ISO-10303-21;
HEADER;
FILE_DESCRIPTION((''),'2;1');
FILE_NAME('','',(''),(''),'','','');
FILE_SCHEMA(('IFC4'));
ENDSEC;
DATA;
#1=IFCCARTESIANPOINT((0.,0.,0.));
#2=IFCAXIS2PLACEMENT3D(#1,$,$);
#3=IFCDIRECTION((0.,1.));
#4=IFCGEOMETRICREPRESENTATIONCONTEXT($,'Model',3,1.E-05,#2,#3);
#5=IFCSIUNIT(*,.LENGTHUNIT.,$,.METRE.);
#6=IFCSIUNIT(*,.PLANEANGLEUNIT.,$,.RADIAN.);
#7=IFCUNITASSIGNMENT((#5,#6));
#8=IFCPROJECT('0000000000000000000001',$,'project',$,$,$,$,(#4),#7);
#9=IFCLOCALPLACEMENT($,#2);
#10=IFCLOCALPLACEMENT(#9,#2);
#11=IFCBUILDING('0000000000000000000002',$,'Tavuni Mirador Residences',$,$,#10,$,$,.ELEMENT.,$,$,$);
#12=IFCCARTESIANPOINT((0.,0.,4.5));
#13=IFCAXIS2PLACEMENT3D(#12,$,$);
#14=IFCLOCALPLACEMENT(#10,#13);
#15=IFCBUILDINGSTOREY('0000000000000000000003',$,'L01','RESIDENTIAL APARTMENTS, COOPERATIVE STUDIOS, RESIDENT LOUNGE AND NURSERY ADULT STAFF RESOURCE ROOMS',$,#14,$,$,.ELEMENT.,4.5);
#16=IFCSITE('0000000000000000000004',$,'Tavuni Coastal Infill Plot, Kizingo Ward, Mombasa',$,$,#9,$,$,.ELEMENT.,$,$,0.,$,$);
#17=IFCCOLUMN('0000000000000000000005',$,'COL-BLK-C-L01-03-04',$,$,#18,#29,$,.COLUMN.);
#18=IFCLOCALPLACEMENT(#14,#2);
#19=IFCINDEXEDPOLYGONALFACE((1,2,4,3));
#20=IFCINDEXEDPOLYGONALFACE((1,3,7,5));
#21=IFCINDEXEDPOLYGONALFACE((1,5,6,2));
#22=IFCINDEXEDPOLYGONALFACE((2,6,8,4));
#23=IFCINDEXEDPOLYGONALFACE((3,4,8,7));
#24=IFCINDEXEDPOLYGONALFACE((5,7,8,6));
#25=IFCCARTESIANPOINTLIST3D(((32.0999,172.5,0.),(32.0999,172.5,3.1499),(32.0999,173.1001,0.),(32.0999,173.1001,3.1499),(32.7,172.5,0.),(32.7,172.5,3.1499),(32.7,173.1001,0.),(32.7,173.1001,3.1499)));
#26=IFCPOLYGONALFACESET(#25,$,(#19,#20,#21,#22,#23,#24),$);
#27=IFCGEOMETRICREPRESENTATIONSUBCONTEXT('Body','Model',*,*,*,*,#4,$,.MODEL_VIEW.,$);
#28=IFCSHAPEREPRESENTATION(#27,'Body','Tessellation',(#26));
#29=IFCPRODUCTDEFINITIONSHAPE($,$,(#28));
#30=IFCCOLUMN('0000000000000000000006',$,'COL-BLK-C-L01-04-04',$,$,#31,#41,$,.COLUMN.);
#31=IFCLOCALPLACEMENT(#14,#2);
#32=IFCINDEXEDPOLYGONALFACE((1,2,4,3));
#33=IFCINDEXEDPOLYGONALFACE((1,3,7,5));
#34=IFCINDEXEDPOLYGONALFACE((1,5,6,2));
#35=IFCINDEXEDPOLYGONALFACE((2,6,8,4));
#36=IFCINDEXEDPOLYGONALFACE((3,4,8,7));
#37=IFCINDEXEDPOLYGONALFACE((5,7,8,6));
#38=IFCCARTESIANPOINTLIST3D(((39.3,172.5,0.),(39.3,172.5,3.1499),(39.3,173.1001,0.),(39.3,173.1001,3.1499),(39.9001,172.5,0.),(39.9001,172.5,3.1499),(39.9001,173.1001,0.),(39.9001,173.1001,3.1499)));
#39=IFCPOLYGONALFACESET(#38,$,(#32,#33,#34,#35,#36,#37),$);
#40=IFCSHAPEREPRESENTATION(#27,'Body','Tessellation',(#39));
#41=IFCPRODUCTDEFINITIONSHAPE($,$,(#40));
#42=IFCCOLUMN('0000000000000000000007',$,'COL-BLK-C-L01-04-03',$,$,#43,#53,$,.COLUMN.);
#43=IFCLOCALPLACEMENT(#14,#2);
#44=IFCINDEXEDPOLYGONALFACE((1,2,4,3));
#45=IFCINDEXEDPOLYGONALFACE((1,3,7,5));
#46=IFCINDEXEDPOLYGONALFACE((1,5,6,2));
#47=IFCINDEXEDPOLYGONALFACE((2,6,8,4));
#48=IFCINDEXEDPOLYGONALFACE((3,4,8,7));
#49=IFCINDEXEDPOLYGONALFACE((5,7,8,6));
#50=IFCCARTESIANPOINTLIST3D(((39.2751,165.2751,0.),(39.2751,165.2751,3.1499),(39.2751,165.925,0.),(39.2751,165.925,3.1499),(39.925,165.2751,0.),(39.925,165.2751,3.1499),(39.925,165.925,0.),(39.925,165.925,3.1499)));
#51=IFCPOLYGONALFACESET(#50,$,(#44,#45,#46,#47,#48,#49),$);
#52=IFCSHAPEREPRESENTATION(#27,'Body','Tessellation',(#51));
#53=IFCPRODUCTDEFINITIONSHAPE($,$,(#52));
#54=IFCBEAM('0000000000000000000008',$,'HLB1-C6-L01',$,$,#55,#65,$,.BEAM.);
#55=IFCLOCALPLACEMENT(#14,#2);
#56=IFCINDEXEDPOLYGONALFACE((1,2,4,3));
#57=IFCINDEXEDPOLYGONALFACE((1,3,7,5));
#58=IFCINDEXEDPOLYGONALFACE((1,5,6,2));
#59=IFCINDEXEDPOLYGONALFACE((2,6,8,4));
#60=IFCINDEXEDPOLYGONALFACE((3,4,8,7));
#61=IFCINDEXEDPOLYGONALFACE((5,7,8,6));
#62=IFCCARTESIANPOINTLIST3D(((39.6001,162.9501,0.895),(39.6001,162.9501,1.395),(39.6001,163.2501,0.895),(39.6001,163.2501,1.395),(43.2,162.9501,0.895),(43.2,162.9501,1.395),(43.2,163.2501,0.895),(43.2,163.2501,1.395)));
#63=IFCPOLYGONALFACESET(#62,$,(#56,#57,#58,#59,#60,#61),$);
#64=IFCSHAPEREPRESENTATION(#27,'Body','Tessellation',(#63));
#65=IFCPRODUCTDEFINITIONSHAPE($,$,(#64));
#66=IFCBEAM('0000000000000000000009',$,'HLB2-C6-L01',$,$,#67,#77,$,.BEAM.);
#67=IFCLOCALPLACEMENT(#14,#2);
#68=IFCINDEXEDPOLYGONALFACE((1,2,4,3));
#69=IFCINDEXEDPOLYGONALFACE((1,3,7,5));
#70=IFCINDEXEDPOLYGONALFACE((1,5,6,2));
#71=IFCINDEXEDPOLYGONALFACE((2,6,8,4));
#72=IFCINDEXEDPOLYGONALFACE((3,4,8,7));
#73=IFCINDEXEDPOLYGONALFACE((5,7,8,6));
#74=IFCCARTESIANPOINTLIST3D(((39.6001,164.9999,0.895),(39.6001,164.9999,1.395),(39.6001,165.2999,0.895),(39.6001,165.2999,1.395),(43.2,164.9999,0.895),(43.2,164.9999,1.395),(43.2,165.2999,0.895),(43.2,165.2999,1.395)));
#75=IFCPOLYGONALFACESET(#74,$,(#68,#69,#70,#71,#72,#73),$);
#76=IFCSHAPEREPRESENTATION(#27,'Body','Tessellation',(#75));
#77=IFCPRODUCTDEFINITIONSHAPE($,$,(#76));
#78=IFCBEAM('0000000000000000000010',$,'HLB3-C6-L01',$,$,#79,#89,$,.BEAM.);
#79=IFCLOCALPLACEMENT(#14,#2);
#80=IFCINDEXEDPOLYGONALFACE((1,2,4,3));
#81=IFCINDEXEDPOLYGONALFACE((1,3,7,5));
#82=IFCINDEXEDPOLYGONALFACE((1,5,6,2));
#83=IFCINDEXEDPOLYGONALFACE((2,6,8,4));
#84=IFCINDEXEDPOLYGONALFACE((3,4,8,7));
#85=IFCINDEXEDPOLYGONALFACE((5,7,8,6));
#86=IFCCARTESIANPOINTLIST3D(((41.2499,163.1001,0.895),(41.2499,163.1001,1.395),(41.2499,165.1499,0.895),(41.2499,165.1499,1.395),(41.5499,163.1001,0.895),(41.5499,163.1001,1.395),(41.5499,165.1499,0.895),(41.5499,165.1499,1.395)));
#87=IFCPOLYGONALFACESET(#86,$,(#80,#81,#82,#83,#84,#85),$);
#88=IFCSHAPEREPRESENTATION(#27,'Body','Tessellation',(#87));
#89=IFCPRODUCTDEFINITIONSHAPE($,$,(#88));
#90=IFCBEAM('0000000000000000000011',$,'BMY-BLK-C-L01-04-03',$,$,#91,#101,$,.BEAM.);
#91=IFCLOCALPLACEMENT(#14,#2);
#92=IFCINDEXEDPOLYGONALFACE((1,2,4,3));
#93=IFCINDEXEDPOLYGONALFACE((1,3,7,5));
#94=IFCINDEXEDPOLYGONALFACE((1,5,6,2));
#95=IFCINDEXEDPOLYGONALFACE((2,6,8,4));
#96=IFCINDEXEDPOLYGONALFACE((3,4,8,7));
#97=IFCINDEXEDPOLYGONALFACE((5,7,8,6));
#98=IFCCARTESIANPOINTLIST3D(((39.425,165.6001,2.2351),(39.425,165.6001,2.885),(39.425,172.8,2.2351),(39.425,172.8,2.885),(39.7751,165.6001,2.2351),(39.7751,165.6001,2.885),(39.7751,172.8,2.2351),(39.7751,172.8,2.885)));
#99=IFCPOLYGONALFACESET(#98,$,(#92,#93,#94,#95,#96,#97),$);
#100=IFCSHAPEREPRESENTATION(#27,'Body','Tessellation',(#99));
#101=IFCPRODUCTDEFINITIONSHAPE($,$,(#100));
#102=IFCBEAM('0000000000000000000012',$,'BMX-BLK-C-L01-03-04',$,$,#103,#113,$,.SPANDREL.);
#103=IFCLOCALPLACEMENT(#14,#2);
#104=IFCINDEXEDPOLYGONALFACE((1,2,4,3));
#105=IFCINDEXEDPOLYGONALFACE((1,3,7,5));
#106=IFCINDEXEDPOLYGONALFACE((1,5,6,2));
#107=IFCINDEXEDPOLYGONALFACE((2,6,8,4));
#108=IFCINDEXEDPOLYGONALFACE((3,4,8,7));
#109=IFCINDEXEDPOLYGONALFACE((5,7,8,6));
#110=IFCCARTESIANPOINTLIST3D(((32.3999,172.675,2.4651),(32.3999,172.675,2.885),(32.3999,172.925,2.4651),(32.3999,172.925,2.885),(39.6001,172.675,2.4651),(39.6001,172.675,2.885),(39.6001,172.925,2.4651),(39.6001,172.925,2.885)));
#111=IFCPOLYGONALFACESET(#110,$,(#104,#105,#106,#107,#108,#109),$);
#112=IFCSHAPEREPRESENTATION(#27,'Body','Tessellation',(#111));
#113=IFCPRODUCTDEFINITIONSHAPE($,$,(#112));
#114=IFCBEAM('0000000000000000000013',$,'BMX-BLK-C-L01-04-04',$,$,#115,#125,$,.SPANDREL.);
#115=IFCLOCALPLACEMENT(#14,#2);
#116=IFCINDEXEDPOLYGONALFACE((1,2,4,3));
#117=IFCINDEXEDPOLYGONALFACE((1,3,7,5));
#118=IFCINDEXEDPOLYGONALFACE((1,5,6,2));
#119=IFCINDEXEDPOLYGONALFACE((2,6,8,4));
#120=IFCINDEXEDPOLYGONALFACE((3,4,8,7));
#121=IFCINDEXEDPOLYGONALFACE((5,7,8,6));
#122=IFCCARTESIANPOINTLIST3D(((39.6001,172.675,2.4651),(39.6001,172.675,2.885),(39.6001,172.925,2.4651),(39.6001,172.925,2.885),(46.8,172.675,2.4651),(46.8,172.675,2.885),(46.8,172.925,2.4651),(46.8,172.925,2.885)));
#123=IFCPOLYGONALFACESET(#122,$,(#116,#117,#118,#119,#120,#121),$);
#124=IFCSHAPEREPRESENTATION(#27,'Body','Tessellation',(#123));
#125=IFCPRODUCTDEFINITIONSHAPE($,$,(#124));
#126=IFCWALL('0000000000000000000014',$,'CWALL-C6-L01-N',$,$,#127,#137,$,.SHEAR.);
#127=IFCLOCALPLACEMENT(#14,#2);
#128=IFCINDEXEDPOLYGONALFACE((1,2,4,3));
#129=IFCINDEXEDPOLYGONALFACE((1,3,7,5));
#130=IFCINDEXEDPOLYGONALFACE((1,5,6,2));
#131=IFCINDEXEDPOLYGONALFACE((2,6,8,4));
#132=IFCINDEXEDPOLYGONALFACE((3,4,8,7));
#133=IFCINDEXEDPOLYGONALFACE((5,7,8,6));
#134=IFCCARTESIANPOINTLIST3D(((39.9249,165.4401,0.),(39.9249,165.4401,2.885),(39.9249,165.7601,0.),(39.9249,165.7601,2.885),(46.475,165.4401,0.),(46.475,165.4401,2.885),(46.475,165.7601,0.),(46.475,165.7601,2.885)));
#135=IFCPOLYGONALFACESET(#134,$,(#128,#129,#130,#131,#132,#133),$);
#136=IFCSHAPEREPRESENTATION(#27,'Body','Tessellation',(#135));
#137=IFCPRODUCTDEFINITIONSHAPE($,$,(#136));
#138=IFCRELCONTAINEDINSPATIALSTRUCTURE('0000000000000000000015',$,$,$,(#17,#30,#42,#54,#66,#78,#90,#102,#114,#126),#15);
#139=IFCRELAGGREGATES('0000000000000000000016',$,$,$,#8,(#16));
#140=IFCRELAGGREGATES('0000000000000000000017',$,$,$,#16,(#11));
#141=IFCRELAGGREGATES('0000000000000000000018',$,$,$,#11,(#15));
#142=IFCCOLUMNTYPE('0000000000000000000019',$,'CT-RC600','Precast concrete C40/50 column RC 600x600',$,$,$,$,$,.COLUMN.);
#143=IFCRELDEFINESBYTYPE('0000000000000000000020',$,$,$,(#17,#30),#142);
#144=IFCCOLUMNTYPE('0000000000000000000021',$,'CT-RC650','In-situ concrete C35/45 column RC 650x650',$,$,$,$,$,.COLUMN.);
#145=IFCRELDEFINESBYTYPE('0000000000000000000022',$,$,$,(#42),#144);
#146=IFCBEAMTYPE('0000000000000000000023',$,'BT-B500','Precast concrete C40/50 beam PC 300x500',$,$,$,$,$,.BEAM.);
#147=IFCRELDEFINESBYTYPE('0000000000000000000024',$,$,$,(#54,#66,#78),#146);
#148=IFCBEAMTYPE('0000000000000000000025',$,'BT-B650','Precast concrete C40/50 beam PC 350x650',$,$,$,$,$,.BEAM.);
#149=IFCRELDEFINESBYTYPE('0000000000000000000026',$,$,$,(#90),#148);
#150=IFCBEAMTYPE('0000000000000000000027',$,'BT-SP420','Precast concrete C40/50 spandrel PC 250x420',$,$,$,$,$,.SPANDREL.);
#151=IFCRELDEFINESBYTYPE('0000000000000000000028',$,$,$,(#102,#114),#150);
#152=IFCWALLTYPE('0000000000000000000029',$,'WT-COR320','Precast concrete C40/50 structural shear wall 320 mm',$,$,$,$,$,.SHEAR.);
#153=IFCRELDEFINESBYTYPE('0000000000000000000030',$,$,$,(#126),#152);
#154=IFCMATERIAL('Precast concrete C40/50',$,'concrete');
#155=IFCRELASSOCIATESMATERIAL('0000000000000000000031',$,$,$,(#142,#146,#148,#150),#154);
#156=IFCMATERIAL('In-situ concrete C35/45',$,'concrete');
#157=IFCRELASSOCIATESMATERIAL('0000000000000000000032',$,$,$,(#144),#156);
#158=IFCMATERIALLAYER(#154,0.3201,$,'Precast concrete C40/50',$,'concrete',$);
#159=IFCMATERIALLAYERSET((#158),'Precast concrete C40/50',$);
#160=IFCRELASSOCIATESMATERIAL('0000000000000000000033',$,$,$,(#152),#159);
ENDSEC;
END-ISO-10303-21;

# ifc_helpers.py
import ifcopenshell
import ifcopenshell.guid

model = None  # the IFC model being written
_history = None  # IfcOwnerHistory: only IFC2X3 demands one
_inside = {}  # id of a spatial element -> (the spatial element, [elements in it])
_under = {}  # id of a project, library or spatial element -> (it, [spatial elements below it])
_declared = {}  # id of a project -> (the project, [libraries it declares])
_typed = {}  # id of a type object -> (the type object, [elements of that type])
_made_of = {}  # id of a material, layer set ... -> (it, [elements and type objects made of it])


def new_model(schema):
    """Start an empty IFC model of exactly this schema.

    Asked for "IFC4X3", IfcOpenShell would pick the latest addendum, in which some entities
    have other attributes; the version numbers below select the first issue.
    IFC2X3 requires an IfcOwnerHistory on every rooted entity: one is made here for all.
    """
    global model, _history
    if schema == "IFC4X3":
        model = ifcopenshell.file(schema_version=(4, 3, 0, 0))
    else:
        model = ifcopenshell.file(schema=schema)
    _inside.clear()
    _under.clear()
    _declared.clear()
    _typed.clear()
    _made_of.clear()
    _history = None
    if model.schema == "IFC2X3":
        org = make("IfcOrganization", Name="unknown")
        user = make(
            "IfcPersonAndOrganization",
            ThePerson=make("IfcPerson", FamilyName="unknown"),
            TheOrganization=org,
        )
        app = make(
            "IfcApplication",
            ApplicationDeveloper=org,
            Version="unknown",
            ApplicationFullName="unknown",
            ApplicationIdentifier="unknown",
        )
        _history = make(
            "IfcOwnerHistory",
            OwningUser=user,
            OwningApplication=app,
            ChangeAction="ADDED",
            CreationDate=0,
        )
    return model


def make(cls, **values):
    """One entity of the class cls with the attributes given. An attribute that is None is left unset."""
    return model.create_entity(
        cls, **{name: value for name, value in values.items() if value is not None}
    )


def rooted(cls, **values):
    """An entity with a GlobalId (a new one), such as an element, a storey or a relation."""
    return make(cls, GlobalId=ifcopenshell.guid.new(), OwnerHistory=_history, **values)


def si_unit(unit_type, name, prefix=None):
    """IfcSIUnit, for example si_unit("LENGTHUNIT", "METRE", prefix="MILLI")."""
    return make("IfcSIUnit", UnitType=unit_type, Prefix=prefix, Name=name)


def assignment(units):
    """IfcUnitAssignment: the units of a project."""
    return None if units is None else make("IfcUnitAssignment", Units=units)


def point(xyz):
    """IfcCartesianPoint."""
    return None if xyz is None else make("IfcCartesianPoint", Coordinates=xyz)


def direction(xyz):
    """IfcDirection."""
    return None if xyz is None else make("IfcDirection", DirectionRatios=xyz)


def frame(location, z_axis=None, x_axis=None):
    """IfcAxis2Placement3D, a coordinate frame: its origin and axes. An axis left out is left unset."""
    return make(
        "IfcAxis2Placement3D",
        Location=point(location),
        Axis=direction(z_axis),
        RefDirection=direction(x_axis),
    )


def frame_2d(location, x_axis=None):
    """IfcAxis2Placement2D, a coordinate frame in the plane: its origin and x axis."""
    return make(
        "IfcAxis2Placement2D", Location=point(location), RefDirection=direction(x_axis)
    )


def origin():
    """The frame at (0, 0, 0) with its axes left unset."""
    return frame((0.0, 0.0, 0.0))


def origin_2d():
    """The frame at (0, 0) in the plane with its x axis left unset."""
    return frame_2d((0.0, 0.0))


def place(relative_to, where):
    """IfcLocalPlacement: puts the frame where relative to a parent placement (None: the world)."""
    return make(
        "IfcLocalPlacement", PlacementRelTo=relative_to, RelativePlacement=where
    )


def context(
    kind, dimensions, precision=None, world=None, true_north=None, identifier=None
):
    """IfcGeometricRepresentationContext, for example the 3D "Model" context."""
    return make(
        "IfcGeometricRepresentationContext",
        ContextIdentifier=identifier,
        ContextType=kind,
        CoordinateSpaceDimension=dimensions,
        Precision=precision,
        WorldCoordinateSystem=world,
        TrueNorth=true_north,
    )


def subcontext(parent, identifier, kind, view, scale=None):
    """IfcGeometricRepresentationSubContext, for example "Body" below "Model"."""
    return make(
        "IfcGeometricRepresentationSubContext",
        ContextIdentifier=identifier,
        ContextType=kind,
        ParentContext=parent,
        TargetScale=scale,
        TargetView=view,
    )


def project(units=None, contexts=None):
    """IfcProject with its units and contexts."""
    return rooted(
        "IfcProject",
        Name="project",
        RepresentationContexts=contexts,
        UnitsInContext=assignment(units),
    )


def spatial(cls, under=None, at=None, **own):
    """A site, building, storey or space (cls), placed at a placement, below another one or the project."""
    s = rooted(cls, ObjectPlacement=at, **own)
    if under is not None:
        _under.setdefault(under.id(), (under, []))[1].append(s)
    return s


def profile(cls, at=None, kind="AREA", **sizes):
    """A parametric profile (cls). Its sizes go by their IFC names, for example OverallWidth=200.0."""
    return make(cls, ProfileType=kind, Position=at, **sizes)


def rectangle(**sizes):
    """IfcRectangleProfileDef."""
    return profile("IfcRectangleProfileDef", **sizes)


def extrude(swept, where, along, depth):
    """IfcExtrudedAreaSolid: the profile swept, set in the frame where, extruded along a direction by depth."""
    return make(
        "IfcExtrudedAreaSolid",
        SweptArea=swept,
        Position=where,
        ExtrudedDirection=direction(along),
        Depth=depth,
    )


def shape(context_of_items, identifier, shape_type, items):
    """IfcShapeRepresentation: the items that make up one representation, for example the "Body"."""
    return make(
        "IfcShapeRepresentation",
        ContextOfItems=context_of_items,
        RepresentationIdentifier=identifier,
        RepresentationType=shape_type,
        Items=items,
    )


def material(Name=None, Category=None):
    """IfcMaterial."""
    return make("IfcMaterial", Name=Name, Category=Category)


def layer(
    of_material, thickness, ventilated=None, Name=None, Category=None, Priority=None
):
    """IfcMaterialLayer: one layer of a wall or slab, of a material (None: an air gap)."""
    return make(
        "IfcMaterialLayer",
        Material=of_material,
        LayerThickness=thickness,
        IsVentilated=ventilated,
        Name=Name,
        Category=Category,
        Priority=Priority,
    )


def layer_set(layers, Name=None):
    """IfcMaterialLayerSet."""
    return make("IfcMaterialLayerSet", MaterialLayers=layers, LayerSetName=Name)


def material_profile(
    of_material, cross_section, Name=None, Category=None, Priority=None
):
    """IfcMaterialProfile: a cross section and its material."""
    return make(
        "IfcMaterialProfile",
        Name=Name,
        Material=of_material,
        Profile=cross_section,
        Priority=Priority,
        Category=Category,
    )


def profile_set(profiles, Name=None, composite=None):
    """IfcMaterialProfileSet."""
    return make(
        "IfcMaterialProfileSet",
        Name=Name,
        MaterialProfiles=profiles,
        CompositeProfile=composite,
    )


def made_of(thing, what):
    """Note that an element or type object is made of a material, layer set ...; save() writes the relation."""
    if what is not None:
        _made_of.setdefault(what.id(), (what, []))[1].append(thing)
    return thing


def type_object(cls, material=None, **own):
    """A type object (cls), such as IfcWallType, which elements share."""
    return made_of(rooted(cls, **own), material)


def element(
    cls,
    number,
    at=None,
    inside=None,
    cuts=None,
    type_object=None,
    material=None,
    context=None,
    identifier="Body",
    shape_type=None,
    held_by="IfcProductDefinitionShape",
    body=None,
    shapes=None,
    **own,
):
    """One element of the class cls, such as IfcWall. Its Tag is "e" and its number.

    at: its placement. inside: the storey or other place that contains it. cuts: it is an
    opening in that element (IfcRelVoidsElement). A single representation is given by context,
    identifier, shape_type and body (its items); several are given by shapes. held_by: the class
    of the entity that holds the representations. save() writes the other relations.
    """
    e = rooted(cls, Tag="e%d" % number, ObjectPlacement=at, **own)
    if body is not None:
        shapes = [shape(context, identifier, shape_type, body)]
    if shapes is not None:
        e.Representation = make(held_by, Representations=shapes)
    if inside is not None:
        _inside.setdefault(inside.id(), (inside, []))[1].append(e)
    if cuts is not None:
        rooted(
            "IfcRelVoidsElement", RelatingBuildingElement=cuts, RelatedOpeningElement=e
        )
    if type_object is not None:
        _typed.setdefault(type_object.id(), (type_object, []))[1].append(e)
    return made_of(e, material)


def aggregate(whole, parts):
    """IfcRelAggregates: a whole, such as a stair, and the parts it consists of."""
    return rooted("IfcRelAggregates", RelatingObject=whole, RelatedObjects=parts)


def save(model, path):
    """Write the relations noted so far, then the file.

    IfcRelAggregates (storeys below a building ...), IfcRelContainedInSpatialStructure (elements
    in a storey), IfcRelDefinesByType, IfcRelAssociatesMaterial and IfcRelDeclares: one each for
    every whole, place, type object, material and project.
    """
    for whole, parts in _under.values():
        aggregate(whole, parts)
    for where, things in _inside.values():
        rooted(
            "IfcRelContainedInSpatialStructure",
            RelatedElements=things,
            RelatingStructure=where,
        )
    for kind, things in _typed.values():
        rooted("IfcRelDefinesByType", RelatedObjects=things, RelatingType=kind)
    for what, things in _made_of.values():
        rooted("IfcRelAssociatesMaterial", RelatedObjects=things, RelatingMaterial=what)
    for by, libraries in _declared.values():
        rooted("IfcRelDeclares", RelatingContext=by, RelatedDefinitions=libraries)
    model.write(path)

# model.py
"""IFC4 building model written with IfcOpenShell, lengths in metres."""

from ifc_helpers import new_model, si_unit, direction, frame, frame_2d, origin, origin_2d, place, context, subcontext, project, spatial, rectangle, extrude, material, layer, layer_set, material_profile, profile_set, type_object, element, save


model = new_model("IFC4")

# Units and contexts
model_context = context("Model", 3, precision=1e-05, world=origin(), true_north=direction((0.0, 1.0)))
body_context = subcontext(model_context, "Body", "Model", "MODEL_VIEW")
ifc_project = project(units=[si_unit("LENGTHUNIT", "METRE"), si_unit("PLANEANGLEUNIT", "RADIAN")], contexts=[model_context])

# Site, building, storey
site_placement = place(None, origin())
site = spatial("IfcSite", under=ifc_project, at=site_placement, Name="Tavuni Coastal Infill Plot, Kizingo Ward, Mombasa", CompositionType="ELEMENT", RefElevation=0.0)
building_placement = place(site_placement, origin())
building = spatial("IfcBuilding", under=site, at=building_placement, Name="Tavuni Mirador Residences", CompositionType="ELEMENT")
storey_placement = place(building_placement, frame((0.0, 0.0, 4.5)))
storey = spatial("IfcBuildingStorey", under=building, at=storey_placement, Name="L01", Description="RESIDENTIAL APARTMENTS, COOPERATIVE STUDIOS, RESIDENT LOUNGE AND NURSERY ADULT STAFF RESOURCE ROOMS", CompositionType="ELEMENT", Elevation=4.5)

# Columns
ifc_material_1 = material(Name="Precast concrete C40/50", Category="concrete")
ifc_material_profile_1 = material_profile(ifc_material_1, rectangle(XDim=0.6001, YDim=0.6001, at=origin_2d()), Name="RC 600x600", Category="concrete")
ifc_profile_set_1 = profile_set([ifc_material_profile_1], Name="Precast concrete C40/50")
column_type_1 = type_object("IfcColumnType", Name="CT-RC600", Description="Precast concrete C40/50 column RC 600x600", PredefinedType="COLUMN", material=ifc_profile_set_1)
for number, where, z_axis, x_axis, name in (
    (1, (32.3999, 172.8, 0.0), (0.0, 0.0, 1.0), (1.0, 0.0, 0.0), "COL-BLK-C-L01-03-04"),
    (2, (39.6001, 172.8, 0.0), (0.0, 0.0, 1.0), (1.0, 0.0, 0.0), "COL-BLK-C-L01-04-04"),
):
    element("IfcColumn", number, at=place(storey_placement, frame(where, z_axis=z_axis, x_axis=x_axis)), inside=storey, type_object=column_type_1, Name=name, PredefinedType="COLUMN", context=body_context, shape_type="SweptSolid", body=[
        extrude(rectangle(XDim=0.6001, YDim=0.6001, at=origin_2d()), origin(), (0.0, 0.0, 1.0), 3.1499),
    ])
ifc_material_2 = material(Name="In-situ concrete C35/45", Category="concrete")
ifc_material_profile_2 = material_profile(ifc_material_2, rectangle(XDim=0.6499, YDim=0.6499, at=origin_2d()), Name="RC 650x650", Category="concrete")
ifc_profile_set_2 = profile_set([ifc_material_profile_2], Name="In-situ concrete C35/45")
column_type_2 = type_object("IfcColumnType", Name="CT-RC650", Description="In-situ concrete C35/45 column RC 650x650", PredefinedType="COLUMN", material=ifc_profile_set_2)
column_placement = place(storey_placement, frame((39.6001, 165.6001, 0.0), z_axis=(0.0, 0.0, 1.0), x_axis=(1.0, 0.0, 0.0)))
element("IfcColumn", 3, at=column_placement, inside=storey, type_object=column_type_2, Name="COL-BLK-C-L01-04-03", PredefinedType="COLUMN", context=body_context, shape_type="SweptSolid", body=[
    extrude(rectangle(XDim=0.6499, YDim=0.6499, at=origin_2d()), origin(), (0.0, 0.0, 1.0), 3.1499),
])

# Beams
ifc_material_profile_3 = material_profile(ifc_material_1, rectangle(XDim=0.3, YDim=0.5, at=origin_2d()), Name="PC 300x500", Category="concrete")
ifc_profile_set_3 = profile_set([ifc_material_profile_3], Name="Precast concrete C40/50")
beam_type_1 = type_object("IfcBeamType", Name="BT-B500", Description="Precast concrete C40/50 beam PC 300x500", PredefinedType="BEAM", material=ifc_profile_set_3)
for number, where, z_axis, x_axis, name in (
    (4, (39.6001, 163.1001, 1.145), (1.0, 0.0, 0.0), (0.0, 1.0, 0.0), "HLB1-C6-L01"),
    (5, (39.6001, 165.1499, 1.145), (1.0, 0.0, 0.0), (0.0, 1.0, 0.0), "HLB2-C6-L01"),
):
    element("IfcBeam", number, at=place(storey_placement, frame(where, z_axis=z_axis, x_axis=x_axis)), inside=storey, type_object=beam_type_1, Name=name, PredefinedType="BEAM", context=body_context, shape_type="SweptSolid", body=[
        extrude(rectangle(XDim=0.3, YDim=0.5, at=origin_2d()), origin(), (0.0, 0.0, 1.0), 3.5999),
    ])
beam_1_placement = place(storey_placement, frame((41.3999, 163.1001, 1.145), z_axis=(0.0, 1.0, 0.0), x_axis=(-1.0, 0.0, 0.0)))
element("IfcBeam", 6, at=beam_1_placement, inside=storey, type_object=beam_type_1, Name="HLB3-C6-L01", PredefinedType="BEAM", context=body_context, shape_type="SweptSolid", body=[
    extrude(rectangle(XDim=0.3, YDim=0.5, at=origin_2d()), origin(), (0.0, 0.0, 1.0), 2.0498),
])
ifc_material_profile_4 = material_profile(ifc_material_1, rectangle(XDim=0.3501, YDim=0.6499, at=origin_2d()), Name="PC 350x650", Category="concrete")
ifc_profile_set_4 = profile_set([ifc_material_profile_4], Name="Precast concrete C40/50")
beam_type_2 = type_object("IfcBeamType", Name="BT-B650", Description="Precast concrete C40/50 beam PC 350x650", PredefinedType="BEAM", material=ifc_profile_set_4)
beam_2_placement = place(storey_placement, frame((39.6001, 165.6001, 2.5601), z_axis=(0.0, 1.0, 0.0), x_axis=(-1.0, 0.0, 0.0)))
element("IfcBeam", 7, at=beam_2_placement, inside=storey, type_object=beam_type_2, Name="BMY-BLK-C-L01-04-03", PredefinedType="BEAM", context=body_context, shape_type="SweptSolid", body=[
    extrude(rectangle(XDim=0.3501, YDim=0.6499, at=origin_2d()), origin(), (0.0, 0.0, 1.0), 7.2),
])
ifc_material_profile_5 = material_profile(ifc_material_1, rectangle(XDim=0.25, YDim=0.4199, at=origin_2d()), Name="PC 250x420", Category="concrete")
ifc_profile_set_5 = profile_set([ifc_material_profile_5], Name="Precast concrete C40/50")
beam_type_3 = type_object("IfcBeamType", Name="BT-SP420", Description="Precast concrete C40/50 spandrel PC 250x420", PredefinedType="SPANDREL", material=ifc_profile_set_5)
beam_3_placement = place(storey_placement, frame((32.3999, 172.8, 2.675), z_axis=(1.0, 0.0, 0.0), x_axis=(0.0, 1.0, 0.0)))
element("IfcBeam", 8, at=beam_3_placement, inside=storey, type_object=beam_type_3, Name="BMX-BLK-C-L01-03-04", PredefinedType="SPANDREL", context=body_context, shape_type="SweptSolid", body=[
    extrude(rectangle(XDim=0.25, YDim=0.4199, at=origin_2d()), origin(), (0.0, 0.0, 1.0), 7.2002),
])
beam_4_placement = place(storey_placement, frame((39.6001, 172.8, 2.675), z_axis=(1.0, 0.0, 0.0), x_axis=(0.0, 1.0, 0.0)))
element("IfcBeam", 9, at=beam_4_placement, inside=storey, type_object=beam_type_3, Name="BMX-BLK-C-L01-04-04", PredefinedType="SPANDREL", context=body_context, shape_type="SweptSolid", body=[
    extrude(rectangle(XDim=0.25, YDim=0.4199, at=origin_2d()), origin(), (0.0, 0.0, 1.0), 7.2),
])

# Wall
ifc_layer_1 = layer(ifc_material_1, 0.3201, Name="Precast concrete C40/50", Category="concrete")
ifc_layer_set_1 = layer_set([ifc_layer_1], Name="Precast concrete C40/50")
wall_type_1 = type_object("IfcWallType", Name="WT-COR320", Description="Precast concrete C40/50 structural shear wall 320 mm", PredefinedType="SHEAR", material=ifc_layer_set_1)
wall_1_placement = place(storey_placement, frame((39.925, 165.6001, 0.0), z_axis=(0.0, 0.0, 1.0), x_axis=(1.0, 0.0, 0.0)))
element("IfcWall", 10, at=wall_1_placement, inside=storey, type_object=wall_type_1, Name="CWALL-C6-L01-N", PredefinedType="SHEAR", context=body_context, shape_type="SweptSolid", body=[
    extrude(rectangle(XDim=6.55, YDim=0.3201, at=frame_2d((3.2749, 0.0))), origin(), (0.0, 0.0, 1.0), 2.885),
])

save(model, "model.ifc")
